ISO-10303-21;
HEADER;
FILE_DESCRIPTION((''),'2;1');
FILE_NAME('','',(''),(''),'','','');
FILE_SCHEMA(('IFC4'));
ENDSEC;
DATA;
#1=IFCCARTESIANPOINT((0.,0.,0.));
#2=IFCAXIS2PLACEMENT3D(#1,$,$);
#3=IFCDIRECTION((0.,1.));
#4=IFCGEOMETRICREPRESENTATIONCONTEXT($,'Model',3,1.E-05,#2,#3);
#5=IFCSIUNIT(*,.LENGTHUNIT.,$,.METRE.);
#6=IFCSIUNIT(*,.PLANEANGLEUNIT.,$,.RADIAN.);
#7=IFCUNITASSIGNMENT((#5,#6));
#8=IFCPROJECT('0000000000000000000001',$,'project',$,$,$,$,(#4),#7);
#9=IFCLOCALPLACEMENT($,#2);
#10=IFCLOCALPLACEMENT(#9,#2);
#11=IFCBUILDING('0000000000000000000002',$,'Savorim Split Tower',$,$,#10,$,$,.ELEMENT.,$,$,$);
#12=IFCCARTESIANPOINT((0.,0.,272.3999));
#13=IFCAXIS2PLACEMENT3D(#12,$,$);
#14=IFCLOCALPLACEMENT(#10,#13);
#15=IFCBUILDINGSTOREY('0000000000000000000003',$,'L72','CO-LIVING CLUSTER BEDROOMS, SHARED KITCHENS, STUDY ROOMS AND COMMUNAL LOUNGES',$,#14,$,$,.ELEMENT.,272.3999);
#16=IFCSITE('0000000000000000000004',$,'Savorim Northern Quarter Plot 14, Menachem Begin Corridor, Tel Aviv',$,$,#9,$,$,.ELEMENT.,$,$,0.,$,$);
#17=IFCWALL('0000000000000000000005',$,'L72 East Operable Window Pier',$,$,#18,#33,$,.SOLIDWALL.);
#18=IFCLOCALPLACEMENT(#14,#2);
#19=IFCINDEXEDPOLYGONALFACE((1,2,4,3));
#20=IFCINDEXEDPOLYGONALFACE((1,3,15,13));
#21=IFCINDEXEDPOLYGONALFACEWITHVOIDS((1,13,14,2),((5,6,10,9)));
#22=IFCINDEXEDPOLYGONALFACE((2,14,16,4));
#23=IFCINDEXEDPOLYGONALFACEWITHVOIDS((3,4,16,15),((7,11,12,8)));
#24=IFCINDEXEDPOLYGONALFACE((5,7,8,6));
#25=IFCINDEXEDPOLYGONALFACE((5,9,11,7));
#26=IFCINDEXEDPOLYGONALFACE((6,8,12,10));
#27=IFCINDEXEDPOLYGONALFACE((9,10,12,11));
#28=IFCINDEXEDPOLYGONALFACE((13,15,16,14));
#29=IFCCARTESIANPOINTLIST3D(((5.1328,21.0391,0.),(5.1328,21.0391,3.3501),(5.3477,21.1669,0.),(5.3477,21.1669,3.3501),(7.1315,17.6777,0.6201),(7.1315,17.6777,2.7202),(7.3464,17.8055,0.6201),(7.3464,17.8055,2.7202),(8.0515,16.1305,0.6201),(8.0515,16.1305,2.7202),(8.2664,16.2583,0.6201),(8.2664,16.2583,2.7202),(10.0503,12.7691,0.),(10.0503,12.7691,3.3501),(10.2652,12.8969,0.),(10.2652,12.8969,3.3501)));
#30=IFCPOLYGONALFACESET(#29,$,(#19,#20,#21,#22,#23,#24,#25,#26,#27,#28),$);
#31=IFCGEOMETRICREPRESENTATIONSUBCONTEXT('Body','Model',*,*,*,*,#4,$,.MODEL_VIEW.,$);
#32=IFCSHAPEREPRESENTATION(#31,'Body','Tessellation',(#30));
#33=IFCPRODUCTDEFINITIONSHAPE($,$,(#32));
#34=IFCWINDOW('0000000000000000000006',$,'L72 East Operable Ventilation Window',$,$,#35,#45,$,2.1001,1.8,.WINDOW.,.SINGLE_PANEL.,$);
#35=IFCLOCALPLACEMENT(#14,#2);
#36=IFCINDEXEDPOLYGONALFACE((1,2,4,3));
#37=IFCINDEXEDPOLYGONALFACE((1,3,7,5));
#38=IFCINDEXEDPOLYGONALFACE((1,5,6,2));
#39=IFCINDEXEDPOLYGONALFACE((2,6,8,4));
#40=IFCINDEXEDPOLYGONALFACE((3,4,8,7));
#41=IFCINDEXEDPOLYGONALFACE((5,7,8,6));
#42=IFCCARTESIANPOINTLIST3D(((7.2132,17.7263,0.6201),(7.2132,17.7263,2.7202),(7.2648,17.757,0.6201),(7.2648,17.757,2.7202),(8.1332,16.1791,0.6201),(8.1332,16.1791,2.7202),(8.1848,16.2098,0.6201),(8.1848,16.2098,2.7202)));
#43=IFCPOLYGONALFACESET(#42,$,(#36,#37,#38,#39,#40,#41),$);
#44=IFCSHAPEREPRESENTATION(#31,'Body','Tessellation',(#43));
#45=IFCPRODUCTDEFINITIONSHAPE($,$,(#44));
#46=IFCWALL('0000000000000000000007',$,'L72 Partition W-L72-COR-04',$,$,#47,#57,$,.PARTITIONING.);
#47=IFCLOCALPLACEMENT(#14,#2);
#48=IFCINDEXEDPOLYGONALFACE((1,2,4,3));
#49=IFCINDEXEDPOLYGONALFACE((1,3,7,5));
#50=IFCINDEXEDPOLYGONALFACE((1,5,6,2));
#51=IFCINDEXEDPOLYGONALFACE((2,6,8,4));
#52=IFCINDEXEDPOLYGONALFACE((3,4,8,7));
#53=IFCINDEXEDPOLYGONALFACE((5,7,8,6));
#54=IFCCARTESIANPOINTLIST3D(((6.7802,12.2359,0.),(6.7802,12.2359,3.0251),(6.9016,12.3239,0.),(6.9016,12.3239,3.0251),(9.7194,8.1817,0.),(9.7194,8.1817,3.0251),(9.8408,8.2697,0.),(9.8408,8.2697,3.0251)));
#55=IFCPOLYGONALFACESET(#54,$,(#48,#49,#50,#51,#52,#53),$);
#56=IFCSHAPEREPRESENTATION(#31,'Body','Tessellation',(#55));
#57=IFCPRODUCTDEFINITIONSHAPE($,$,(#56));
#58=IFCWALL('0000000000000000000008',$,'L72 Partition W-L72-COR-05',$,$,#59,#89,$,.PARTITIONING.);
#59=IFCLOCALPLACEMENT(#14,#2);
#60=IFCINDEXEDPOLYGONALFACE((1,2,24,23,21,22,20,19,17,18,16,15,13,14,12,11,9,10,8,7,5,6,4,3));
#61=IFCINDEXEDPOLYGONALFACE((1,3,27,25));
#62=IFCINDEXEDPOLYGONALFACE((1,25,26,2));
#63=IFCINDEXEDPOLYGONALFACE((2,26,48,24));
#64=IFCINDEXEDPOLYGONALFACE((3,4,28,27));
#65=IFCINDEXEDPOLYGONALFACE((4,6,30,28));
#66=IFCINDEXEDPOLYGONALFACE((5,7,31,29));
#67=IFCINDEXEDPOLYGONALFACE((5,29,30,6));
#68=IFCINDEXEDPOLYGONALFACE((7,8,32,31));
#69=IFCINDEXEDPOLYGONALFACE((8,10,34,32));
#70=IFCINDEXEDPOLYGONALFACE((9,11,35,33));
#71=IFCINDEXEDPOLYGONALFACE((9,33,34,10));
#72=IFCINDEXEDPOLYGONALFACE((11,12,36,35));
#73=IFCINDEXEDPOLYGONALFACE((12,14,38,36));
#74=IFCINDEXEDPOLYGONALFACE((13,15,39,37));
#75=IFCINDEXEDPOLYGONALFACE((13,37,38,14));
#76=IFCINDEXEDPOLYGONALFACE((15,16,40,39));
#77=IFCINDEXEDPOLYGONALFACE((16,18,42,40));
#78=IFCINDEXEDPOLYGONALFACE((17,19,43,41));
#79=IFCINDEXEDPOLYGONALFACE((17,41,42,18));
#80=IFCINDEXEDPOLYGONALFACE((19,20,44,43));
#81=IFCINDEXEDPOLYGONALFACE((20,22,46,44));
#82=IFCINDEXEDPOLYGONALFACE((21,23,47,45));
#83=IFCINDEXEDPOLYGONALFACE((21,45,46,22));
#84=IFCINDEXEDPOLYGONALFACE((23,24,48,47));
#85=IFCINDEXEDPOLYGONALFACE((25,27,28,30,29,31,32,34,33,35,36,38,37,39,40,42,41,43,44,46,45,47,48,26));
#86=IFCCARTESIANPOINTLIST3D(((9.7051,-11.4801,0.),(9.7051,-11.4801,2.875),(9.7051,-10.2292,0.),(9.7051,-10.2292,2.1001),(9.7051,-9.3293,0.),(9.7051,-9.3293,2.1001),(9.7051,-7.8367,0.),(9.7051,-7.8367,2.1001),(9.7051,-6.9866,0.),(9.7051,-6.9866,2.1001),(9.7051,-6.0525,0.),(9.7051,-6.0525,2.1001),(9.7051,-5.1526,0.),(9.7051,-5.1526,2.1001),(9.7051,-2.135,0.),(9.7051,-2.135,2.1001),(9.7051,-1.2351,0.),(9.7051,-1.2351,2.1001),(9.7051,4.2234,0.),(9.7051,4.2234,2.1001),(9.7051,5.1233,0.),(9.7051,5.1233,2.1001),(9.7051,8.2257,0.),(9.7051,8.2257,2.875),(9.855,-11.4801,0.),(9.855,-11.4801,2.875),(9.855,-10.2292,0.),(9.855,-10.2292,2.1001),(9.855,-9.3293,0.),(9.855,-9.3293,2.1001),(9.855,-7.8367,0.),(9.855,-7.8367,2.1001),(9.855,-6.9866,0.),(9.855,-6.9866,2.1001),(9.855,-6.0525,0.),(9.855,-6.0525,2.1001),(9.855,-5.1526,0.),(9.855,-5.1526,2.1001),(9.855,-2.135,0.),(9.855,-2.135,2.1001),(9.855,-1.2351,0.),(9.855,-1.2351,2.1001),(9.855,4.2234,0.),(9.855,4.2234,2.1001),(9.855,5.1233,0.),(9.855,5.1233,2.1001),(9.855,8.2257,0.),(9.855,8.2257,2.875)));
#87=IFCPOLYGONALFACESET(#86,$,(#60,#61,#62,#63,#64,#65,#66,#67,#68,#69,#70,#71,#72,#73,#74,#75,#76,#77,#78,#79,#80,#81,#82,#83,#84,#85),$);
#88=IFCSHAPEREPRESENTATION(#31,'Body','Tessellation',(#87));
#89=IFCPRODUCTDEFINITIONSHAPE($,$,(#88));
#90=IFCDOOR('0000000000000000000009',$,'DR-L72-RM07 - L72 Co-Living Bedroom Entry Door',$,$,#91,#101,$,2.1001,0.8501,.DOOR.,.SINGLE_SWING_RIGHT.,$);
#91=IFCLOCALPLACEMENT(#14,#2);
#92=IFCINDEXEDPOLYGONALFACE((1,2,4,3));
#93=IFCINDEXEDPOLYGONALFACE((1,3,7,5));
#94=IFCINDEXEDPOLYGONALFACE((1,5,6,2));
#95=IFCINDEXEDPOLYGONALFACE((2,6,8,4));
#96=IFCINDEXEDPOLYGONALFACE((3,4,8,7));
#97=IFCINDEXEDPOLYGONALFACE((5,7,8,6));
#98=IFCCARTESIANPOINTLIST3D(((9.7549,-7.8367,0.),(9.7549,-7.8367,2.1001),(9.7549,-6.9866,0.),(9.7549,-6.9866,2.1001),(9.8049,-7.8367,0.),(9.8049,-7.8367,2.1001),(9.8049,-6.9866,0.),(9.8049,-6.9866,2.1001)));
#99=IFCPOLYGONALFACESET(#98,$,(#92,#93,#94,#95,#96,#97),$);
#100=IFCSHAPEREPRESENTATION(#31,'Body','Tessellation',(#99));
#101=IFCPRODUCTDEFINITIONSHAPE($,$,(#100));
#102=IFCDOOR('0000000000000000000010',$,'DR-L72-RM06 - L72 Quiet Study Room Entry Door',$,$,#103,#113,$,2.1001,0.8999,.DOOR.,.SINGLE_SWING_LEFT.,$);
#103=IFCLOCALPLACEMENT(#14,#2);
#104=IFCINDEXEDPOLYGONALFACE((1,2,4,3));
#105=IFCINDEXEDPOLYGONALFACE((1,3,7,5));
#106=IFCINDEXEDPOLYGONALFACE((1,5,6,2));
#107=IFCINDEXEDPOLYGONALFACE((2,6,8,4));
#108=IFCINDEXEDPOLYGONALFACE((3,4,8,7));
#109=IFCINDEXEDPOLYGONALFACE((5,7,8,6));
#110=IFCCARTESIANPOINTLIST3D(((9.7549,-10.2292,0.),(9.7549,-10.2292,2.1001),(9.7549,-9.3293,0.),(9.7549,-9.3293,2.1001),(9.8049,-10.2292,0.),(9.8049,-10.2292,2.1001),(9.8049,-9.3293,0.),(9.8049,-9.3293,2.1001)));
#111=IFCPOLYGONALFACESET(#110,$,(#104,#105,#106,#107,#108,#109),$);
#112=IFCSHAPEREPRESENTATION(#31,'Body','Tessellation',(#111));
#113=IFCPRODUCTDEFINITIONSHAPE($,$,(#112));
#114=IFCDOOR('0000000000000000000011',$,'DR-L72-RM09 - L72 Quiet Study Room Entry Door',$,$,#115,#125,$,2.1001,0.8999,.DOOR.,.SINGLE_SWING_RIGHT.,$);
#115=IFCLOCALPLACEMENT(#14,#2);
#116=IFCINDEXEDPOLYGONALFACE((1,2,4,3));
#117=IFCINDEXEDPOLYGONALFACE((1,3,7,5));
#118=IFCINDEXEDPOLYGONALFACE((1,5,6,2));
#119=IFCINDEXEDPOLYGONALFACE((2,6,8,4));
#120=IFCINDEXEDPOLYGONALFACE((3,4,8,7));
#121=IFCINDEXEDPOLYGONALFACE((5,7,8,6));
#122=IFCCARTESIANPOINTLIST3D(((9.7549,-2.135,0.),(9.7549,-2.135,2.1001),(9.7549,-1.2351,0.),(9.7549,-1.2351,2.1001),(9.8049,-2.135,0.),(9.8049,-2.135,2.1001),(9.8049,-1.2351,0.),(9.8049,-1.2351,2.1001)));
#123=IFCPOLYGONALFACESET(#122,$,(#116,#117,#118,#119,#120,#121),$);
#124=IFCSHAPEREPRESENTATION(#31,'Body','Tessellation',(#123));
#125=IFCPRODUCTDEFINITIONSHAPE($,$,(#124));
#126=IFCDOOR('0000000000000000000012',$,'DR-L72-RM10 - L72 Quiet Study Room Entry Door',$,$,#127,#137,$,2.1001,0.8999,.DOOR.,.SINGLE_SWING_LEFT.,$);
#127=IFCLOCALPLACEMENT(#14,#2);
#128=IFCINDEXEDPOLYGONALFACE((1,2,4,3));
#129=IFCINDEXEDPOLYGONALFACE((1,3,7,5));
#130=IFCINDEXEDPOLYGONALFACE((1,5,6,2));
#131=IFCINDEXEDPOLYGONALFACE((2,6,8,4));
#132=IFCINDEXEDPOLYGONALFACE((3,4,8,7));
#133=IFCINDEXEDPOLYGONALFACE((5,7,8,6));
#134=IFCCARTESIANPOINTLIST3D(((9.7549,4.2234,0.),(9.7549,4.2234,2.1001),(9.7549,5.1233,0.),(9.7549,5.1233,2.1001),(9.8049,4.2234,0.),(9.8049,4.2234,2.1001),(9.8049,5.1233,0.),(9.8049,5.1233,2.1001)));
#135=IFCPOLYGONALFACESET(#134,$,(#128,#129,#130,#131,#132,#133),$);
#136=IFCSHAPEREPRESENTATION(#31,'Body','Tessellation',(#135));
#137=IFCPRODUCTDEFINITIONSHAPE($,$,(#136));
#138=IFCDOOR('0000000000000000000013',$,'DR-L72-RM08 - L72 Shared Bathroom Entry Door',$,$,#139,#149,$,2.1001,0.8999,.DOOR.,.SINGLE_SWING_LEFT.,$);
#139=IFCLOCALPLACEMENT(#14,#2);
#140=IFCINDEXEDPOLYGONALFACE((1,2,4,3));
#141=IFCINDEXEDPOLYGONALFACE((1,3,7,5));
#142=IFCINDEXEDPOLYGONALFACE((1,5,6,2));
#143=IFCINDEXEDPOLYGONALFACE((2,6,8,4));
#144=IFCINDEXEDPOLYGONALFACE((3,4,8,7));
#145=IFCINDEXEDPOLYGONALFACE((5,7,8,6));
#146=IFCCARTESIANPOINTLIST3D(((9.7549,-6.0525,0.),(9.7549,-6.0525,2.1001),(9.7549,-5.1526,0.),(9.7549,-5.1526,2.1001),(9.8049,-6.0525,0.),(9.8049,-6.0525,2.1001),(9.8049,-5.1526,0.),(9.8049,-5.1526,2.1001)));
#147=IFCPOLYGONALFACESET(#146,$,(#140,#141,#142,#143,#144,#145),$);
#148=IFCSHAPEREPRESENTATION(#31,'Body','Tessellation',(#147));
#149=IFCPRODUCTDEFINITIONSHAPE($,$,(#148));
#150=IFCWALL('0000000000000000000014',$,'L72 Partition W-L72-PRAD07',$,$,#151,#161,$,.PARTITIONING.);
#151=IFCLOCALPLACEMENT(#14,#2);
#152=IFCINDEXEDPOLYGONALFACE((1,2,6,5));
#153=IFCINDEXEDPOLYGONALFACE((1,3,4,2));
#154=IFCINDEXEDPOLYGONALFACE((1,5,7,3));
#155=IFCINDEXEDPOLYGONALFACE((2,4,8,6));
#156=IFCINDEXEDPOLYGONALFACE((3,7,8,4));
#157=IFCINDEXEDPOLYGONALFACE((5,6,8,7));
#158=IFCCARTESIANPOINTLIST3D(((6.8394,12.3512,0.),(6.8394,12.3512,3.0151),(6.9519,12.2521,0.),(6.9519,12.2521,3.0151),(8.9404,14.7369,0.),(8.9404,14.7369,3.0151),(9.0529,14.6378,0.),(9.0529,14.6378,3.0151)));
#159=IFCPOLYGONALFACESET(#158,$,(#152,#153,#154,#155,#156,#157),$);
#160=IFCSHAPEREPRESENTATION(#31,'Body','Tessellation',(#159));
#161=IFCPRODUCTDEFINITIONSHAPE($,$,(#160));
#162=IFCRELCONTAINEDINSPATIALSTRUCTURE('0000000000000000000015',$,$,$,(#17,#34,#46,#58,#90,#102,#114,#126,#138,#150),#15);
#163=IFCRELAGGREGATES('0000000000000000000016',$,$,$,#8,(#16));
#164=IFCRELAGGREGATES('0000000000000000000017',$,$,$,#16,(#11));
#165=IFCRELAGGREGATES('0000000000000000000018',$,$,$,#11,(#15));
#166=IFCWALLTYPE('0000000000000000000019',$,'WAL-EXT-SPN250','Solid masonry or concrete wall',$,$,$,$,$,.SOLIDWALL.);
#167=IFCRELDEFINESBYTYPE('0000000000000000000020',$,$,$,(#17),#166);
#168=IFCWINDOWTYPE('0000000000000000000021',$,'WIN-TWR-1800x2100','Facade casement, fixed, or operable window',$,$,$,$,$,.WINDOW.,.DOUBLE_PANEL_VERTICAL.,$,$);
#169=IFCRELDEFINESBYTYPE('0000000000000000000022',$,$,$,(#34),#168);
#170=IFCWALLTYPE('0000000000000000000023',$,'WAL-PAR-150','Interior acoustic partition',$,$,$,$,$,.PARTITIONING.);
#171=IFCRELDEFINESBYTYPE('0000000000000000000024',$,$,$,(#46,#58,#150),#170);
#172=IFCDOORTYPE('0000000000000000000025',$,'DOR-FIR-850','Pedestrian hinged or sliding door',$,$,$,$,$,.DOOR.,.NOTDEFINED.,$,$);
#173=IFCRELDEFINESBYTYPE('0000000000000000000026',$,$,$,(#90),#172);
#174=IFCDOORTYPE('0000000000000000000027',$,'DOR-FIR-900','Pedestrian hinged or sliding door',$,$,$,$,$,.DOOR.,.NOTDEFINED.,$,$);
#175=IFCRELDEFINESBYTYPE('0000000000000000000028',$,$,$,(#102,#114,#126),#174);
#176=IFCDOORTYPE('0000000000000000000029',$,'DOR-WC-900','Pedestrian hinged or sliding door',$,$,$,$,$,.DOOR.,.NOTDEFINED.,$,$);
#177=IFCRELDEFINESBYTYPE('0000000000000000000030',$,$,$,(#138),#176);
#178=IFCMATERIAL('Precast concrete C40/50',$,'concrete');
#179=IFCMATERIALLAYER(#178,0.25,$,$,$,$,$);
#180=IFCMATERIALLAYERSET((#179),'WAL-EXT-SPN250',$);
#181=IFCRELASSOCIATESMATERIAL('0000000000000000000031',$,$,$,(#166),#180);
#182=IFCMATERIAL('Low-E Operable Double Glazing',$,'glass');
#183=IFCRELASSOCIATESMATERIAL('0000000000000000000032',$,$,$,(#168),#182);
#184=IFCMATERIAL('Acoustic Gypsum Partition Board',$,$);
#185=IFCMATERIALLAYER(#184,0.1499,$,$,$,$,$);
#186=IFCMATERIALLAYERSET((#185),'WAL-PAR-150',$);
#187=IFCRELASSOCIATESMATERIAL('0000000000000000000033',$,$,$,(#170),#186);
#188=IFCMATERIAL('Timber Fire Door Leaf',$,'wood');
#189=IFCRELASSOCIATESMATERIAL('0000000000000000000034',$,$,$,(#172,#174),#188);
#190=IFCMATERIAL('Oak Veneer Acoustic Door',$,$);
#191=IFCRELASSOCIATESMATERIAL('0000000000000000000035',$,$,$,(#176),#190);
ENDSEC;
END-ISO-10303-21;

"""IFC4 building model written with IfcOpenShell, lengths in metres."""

from ifc_helpers import new_model, si_unit, direction, frame, frame_2d, origin, place, context, subcontext, project, spatial, rectangle, extrude, material, layer, layer_set, type_object, element, fill, save


model = new_model("IFC4")

# Units and contexts
model_context = context("Model", 3, precision=1e-05, world=origin(), true_north=direction((0.0, 1.0)))
body_context = subcontext(model_context, "Body", "Model", "MODEL_VIEW")
ifc_project = project(units=[si_unit("LENGTHUNIT", "METRE"), si_unit("PLANEANGLEUNIT", "RADIAN")], contexts=[model_context])

# Site, building, storey
site_placement = place(None, origin())
site = spatial("IfcSite", under=ifc_project, at=site_placement, Name="Savorim Northern Quarter Plot 14, Menachem Begin Corridor, Tel Aviv", CompositionType="ELEMENT", RefElevation=0.0)
building_placement = place(site_placement, origin())
building = spatial("IfcBuilding", under=site, at=building_placement, Name="Savorim Split Tower", CompositionType="ELEMENT")
storey_placement = place(building_placement, frame((0.0, 0.0, 272.3999)))
storey = spatial("IfcBuildingStorey", under=building, at=storey_placement, Name="L72", Description="CO-LIVING CLUSTER BEDROOMS, SHARED KITCHENS, STUDY ROOMS AND COMMUNAL LOUNGES", CompositionType="ELEMENT", Elevation=272.3999)

# Shared definitions
ifc_material_1 = material(Name="Timber Fire Door Leaf", Category="wood")

# Shared definitions
ifc_material_2 = material(Name="Precast concrete C40/50", Category="concrete")

# Wall, opening, window
ifc_layer_1 = layer(ifc_material_2, 0.25)
ifc_layer_set_1 = layer_set([ifc_layer_1], Name="WAL-EXT-SPN250")
wall_type_1 = type_object("IfcWallType", Name="WAL-EXT-SPN250", Description="Solid masonry or concrete wall", PredefinedType="SOLIDWALL", material=ifc_layer_set_1)
wall_1_placement = place(storey_placement, frame((5.2402, 21.103, 0.0), z_axis=(0.0, 0.0, 1.0), x_axis=(0.511089, -0.859528, 0.0)))
wall_1 = element("IfcWall", 1, at=wall_1_placement, inside=storey, type_object=wall_type_1, Name="L72 East Operable Window Pier", PredefinedType="SOLIDWALL", context=body_context, shape_type="SweptSolid", body=[
    extrude(rectangle(XDim=9.6216, YDim=0.25, at=frame_2d((4.8108, 0.0))), origin(), (0.0, 0.0, 1.0), 3.3501),
])
opening_1_placement = place(wall_1_placement, frame((3.9109, 0.0, 0.6201)))
opening_1 = element("IfcOpeningElement", 2, at=opening_1_placement, cuts=wall_1, PredefinedType="OPENING", context=body_context, shape_type="SweptSolid", body=[
    extrude(rectangle(XDim=1.8, YDim=2.1001, at=frame_2d((0.8999, 1.05))), frame((0.0, 0.135, 0.0), z_axis=(0.0, -1.0, 0.0), x_axis=(1.0, 0.0, 0.0)), (0.0, 0.0, 1.0), 0.27),
])
ifc_material_3 = material(Name="Low-E Operable Double Glazing", Category="glass")
window_type = type_object("IfcWindowType", Name="WIN-TWR-1800x2100", Description="Facade casement, fixed, or operable window", PartitioningType="DOUBLE_PANEL_VERTICAL", PredefinedType="WINDOW", material=ifc_material_3)
window_placement = place(opening_1_placement, origin())
window = element("IfcWindow", 3, at=window_placement, inside=storey, type_object=window_type, Name="L72 East Operable Ventilation Window", OverallHeight=2.1001, OverallWidth=1.8, PartitioningType="SINGLE_PANEL", PredefinedType="WINDOW", context=body_context, shape_type="SweptSolid", body=[
    extrude(rectangle(XDim=1.8, YDim=2.1001, at=frame_2d((0.8999, 1.05))), frame((0.0, 0.03, 0.0), z_axis=(0.0, -1.0, 0.0), x_axis=(1.0, 0.0, 0.0)), (0.0, 0.0, 1.0), 0.0601),
])
fill(opening_1, window)

# Wall
ifc_material_4 = material(Name="Acoustic Gypsum Partition Board")
ifc_layer_2 = layer(ifc_material_4, 0.1499)
ifc_layer_set_2 = layer_set([ifc_layer_2], Name="WAL-PAR-150")
wall_type_2 = type_object("IfcWallType", Name="WAL-PAR-150", Description="Interior acoustic partition", PredefinedType="PARTITIONING", material=ifc_layer_set_2)
wall_2_placement = place(storey_placement, frame((6.8408, 12.28, 0.0), z_axis=(0.0, 0.0, 1.0), x_axis=(0.586956, -0.809619, 0.0)))
element("IfcWall", 4, at=wall_2_placement, inside=storey, type_object=wall_type_2, Name="L72 Partition W-L72-COR-04", PredefinedType="PARTITIONING", context=body_context, shape_type="SweptSolid", body=[
    extrude(rectangle(XDim=5.0076, YDim=0.1499, at=frame_2d((2.5039, 0.0))), origin(), (0.0, 0.0, 1.0), 3.0251),
])

# Wall, openings, doors
wall_3_placement = place(storey_placement, frame((9.78, 8.2258, 0.0), z_axis=(0.0, 0.0, 1.0), x_axis=(0.0, -1.0, 0.0)))
wall_3 = element("IfcWall", 5, at=wall_3_placement, inside=storey, type_object=wall_type_2, Name="L72 Partition W-L72-COR-05", PredefinedType="PARTITIONING", context=body_context, shape_type="SweptSolid", body=[
    extrude(rectangle(XDim=19.7058, YDim=0.1499, at=frame_2d((9.853, 0.0))), origin(), (0.0, 0.0, 1.0), 2.875),
])
opening_2_placement = place(wall_3_placement, frame((17.5552, 0.0, 0.0)))
opening_2 = element("IfcOpeningElement", 6, at=opening_2_placement, cuts=wall_3, PredefinedType="OPENING", context=body_context, shape_type="SweptSolid", body=[
    extrude(rectangle(XDim=0.8999, YDim=2.1001, at=frame_2d((0.45, 1.05))), frame((0.0, 0.085, 0.0), z_axis=(0.0, -1.0, 0.0), x_axis=(1.0, 0.0, 0.0)), (0.0, 0.0, 1.0), 0.1699),
])
opening_3_placement = place(wall_3_placement, frame((15.2124, 0.0, 0.0)))
opening_3 = element("IfcOpeningElement", 7, at=opening_3_placement, cuts=wall_3, PredefinedType="OPENING", context=body_context, shape_type="SweptSolid", body=[
    extrude(rectangle(XDim=0.8501, YDim=2.1001, at=frame_2d((0.425, 1.05))), frame((0.0, 0.085, 0.0), z_axis=(0.0, -1.0, 0.0), x_axis=(1.0, 0.0, 0.0)), (0.0, 0.0, 1.0), 0.1699),
])
opening_4_placement = place(wall_3_placement, frame((13.3784, 0.0, 0.0)))
opening_4 = element("IfcOpeningElement", 8, at=opening_4_placement, cuts=wall_3, PredefinedType="OPENING", context=body_context, shape_type="SweptSolid", body=[
    extrude(rectangle(XDim=0.8999, YDim=2.1001, at=frame_2d((0.45, 1.05))), frame((0.0, 0.085, 0.0), z_axis=(0.0, -1.0, 0.0), x_axis=(1.0, 0.0, 0.0)), (0.0, 0.0, 1.0), 0.1699),
])
opening_5_placement = place(wall_3_placement, frame((9.4609, 0.0, 0.0)))
opening_5 = element("IfcOpeningElement", 9, at=opening_5_placement, cuts=wall_3, PredefinedType="OPENING", context=body_context, shape_type="SweptSolid", body=[
    extrude(rectangle(XDim=0.8999, YDim=2.1001, at=frame_2d((0.45, 1.05))), frame((0.0, 0.085, 0.0), z_axis=(0.0, -1.0, 0.0), x_axis=(1.0, 0.0, 0.0)), (0.0, 0.0, 1.0), 0.1699),
])
opening_6_placement = place(wall_3_placement, frame((3.1025, 0.0, 0.0)))
opening_6 = element("IfcOpeningElement", 10, at=opening_6_placement, cuts=wall_3, PredefinedType="OPENING", context=body_context, shape_type="SweptSolid", body=[
    extrude(rectangle(XDim=0.8999, YDim=2.1001, at=frame_2d((0.45, 1.05))), frame((0.0, 0.085, 0.0), z_axis=(0.0, -1.0, 0.0), x_axis=(1.0, 0.0, 0.0)), (0.0, 0.0, 1.0), 0.1699),
])
door_type_1 = type_object("IfcDoorType", Name="DOR-FIR-850", Description="Pedestrian hinged or sliding door", OperationType="NOTDEFINED", PredefinedType="DOOR", material=ifc_material_1)
door_1_placement = place(opening_3_placement, origin())
door_1 = element("IfcDoor", 11, at=door_1_placement, inside=storey, type_object=door_type_1, Name="DR-L72-RM07 - L72 Co-Living Bedroom Entry Door", OperationType="SINGLE_SWING_RIGHT", OverallHeight=2.1001, OverallWidth=0.8501, PredefinedType="DOOR", context=body_context, shape_type="SweptSolid", body=[
    extrude(rectangle(XDim=0.8501, YDim=2.1001, at=frame_2d((0.425, 1.05))), frame((0.0, 0.0249, 0.0), z_axis=(0.0, -1.0, 0.0), x_axis=(1.0, 0.0, 0.0)), (0.0, 0.0, 1.0), 0.05),
])
fill(opening_3, door_1)
door_type_2 = type_object("IfcDoorType", Name="DOR-FIR-900", Description="Pedestrian hinged or sliding door", OperationType="NOTDEFINED", PredefinedType="DOOR", material=ifc_material_1)
door_2_placement = place(opening_2_placement, origin())
door_2 = element("IfcDoor", 12, at=door_2_placement, inside=storey, type_object=door_type_2, Name="DR-L72-RM06 - L72 Quiet Study Room Entry Door", OperationType="SINGLE_SWING_LEFT", OverallHeight=2.1001, OverallWidth=0.8999, PredefinedType="DOOR", context=body_context, shape_type="SweptSolid", body=[
    extrude(rectangle(XDim=0.8999, YDim=2.1001, at=frame_2d((0.45, 1.05))), frame((0.0, 0.0249, 0.0), z_axis=(0.0, -1.0, 0.0), x_axis=(1.0, 0.0, 0.0)), (0.0, 0.0, 1.0), 0.05),
])
fill(opening_2, door_2)
door_3_placement = place(opening_5_placement, origin())
door_3 = element("IfcDoor", 13, at=door_3_placement, inside=storey, type_object=door_type_2, Name="DR-L72-RM09 - L72 Quiet Study Room Entry Door", OperationType="SINGLE_SWING_RIGHT", OverallHeight=2.1001, OverallWidth=0.8999, PredefinedType="DOOR", context=body_context, shape_type="SweptSolid", body=[
    extrude(rectangle(XDim=0.8999, YDim=2.1001, at=frame_2d((0.45, 1.05))), frame((0.0, 0.0249, 0.0), z_axis=(0.0, -1.0, 0.0), x_axis=(1.0, 0.0, 0.0)), (0.0, 0.0, 1.0), 0.05),
])
fill(opening_5, door_3)
door_4_placement = place(opening_6_placement, origin())
door_4 = element("IfcDoor", 14, at=door_4_placement, inside=storey, type_object=door_type_2, Name="DR-L72-RM10 - L72 Quiet Study Room Entry Door", OperationType="SINGLE_SWING_LEFT", OverallHeight=2.1001, OverallWidth=0.8999, PredefinedType="DOOR", context=body_context, shape_type="SweptSolid", body=[
    extrude(rectangle(XDim=0.8999, YDim=2.1001, at=frame_2d((0.45, 1.05))), frame((0.0, 0.0249, 0.0), z_axis=(0.0, -1.0, 0.0), x_axis=(1.0, 0.0, 0.0)), (0.0, 0.0, 1.0), 0.05),
])
fill(opening_6, door_4)
ifc_material_5 = material(Name="Oak Veneer Acoustic Door")
door_type_3 = type_object("IfcDoorType", Name="DOR-WC-900", Description="Pedestrian hinged or sliding door", OperationType="NOTDEFINED", PredefinedType="DOOR", material=ifc_material_5)
door_5_placement = place(opening_4_placement, origin())
door_5 = element("IfcDoor", 15, at=door_5_placement, inside=storey, type_object=door_type_3, Name="DR-L72-RM08 - L72 Shared Bathroom Entry Door", OperationType="SINGLE_SWING_LEFT", OverallHeight=2.1001, OverallWidth=0.8999, PredefinedType="DOOR", context=body_context, shape_type="SweptSolid", body=[
    extrude(rectangle(XDim=0.8999, YDim=2.1001, at=frame_2d((0.45, 1.05))), frame((0.0, 0.0249, 0.0), z_axis=(0.0, -1.0, 0.0), x_axis=(1.0, 0.0, 0.0)), (0.0, 0.0, 1.0), 0.05),
])
fill(opening_4, door_5)

# Wall
wall_4_placement = place(storey_placement, frame((6.8958, 12.3018, 0.0), z_axis=(0.0, 0.0, 1.0), x_axis=(0.660915, 0.750461, 0.0)))
element("IfcWall", 16, at=wall_4_placement, inside=storey, type_object=wall_type_2, Name="L72 Partition W-L72-PRAD07", PredefinedType="PARTITIONING", context=body_context, shape_type="SweptSolid", body=[
    extrude(rectangle(XDim=3.179, YDim=0.1499, at=frame_2d((1.5894, 0.0))), origin(), (0.0, 0.0, 1.0), 3.0151),
])

save(model, "model.ifc")
